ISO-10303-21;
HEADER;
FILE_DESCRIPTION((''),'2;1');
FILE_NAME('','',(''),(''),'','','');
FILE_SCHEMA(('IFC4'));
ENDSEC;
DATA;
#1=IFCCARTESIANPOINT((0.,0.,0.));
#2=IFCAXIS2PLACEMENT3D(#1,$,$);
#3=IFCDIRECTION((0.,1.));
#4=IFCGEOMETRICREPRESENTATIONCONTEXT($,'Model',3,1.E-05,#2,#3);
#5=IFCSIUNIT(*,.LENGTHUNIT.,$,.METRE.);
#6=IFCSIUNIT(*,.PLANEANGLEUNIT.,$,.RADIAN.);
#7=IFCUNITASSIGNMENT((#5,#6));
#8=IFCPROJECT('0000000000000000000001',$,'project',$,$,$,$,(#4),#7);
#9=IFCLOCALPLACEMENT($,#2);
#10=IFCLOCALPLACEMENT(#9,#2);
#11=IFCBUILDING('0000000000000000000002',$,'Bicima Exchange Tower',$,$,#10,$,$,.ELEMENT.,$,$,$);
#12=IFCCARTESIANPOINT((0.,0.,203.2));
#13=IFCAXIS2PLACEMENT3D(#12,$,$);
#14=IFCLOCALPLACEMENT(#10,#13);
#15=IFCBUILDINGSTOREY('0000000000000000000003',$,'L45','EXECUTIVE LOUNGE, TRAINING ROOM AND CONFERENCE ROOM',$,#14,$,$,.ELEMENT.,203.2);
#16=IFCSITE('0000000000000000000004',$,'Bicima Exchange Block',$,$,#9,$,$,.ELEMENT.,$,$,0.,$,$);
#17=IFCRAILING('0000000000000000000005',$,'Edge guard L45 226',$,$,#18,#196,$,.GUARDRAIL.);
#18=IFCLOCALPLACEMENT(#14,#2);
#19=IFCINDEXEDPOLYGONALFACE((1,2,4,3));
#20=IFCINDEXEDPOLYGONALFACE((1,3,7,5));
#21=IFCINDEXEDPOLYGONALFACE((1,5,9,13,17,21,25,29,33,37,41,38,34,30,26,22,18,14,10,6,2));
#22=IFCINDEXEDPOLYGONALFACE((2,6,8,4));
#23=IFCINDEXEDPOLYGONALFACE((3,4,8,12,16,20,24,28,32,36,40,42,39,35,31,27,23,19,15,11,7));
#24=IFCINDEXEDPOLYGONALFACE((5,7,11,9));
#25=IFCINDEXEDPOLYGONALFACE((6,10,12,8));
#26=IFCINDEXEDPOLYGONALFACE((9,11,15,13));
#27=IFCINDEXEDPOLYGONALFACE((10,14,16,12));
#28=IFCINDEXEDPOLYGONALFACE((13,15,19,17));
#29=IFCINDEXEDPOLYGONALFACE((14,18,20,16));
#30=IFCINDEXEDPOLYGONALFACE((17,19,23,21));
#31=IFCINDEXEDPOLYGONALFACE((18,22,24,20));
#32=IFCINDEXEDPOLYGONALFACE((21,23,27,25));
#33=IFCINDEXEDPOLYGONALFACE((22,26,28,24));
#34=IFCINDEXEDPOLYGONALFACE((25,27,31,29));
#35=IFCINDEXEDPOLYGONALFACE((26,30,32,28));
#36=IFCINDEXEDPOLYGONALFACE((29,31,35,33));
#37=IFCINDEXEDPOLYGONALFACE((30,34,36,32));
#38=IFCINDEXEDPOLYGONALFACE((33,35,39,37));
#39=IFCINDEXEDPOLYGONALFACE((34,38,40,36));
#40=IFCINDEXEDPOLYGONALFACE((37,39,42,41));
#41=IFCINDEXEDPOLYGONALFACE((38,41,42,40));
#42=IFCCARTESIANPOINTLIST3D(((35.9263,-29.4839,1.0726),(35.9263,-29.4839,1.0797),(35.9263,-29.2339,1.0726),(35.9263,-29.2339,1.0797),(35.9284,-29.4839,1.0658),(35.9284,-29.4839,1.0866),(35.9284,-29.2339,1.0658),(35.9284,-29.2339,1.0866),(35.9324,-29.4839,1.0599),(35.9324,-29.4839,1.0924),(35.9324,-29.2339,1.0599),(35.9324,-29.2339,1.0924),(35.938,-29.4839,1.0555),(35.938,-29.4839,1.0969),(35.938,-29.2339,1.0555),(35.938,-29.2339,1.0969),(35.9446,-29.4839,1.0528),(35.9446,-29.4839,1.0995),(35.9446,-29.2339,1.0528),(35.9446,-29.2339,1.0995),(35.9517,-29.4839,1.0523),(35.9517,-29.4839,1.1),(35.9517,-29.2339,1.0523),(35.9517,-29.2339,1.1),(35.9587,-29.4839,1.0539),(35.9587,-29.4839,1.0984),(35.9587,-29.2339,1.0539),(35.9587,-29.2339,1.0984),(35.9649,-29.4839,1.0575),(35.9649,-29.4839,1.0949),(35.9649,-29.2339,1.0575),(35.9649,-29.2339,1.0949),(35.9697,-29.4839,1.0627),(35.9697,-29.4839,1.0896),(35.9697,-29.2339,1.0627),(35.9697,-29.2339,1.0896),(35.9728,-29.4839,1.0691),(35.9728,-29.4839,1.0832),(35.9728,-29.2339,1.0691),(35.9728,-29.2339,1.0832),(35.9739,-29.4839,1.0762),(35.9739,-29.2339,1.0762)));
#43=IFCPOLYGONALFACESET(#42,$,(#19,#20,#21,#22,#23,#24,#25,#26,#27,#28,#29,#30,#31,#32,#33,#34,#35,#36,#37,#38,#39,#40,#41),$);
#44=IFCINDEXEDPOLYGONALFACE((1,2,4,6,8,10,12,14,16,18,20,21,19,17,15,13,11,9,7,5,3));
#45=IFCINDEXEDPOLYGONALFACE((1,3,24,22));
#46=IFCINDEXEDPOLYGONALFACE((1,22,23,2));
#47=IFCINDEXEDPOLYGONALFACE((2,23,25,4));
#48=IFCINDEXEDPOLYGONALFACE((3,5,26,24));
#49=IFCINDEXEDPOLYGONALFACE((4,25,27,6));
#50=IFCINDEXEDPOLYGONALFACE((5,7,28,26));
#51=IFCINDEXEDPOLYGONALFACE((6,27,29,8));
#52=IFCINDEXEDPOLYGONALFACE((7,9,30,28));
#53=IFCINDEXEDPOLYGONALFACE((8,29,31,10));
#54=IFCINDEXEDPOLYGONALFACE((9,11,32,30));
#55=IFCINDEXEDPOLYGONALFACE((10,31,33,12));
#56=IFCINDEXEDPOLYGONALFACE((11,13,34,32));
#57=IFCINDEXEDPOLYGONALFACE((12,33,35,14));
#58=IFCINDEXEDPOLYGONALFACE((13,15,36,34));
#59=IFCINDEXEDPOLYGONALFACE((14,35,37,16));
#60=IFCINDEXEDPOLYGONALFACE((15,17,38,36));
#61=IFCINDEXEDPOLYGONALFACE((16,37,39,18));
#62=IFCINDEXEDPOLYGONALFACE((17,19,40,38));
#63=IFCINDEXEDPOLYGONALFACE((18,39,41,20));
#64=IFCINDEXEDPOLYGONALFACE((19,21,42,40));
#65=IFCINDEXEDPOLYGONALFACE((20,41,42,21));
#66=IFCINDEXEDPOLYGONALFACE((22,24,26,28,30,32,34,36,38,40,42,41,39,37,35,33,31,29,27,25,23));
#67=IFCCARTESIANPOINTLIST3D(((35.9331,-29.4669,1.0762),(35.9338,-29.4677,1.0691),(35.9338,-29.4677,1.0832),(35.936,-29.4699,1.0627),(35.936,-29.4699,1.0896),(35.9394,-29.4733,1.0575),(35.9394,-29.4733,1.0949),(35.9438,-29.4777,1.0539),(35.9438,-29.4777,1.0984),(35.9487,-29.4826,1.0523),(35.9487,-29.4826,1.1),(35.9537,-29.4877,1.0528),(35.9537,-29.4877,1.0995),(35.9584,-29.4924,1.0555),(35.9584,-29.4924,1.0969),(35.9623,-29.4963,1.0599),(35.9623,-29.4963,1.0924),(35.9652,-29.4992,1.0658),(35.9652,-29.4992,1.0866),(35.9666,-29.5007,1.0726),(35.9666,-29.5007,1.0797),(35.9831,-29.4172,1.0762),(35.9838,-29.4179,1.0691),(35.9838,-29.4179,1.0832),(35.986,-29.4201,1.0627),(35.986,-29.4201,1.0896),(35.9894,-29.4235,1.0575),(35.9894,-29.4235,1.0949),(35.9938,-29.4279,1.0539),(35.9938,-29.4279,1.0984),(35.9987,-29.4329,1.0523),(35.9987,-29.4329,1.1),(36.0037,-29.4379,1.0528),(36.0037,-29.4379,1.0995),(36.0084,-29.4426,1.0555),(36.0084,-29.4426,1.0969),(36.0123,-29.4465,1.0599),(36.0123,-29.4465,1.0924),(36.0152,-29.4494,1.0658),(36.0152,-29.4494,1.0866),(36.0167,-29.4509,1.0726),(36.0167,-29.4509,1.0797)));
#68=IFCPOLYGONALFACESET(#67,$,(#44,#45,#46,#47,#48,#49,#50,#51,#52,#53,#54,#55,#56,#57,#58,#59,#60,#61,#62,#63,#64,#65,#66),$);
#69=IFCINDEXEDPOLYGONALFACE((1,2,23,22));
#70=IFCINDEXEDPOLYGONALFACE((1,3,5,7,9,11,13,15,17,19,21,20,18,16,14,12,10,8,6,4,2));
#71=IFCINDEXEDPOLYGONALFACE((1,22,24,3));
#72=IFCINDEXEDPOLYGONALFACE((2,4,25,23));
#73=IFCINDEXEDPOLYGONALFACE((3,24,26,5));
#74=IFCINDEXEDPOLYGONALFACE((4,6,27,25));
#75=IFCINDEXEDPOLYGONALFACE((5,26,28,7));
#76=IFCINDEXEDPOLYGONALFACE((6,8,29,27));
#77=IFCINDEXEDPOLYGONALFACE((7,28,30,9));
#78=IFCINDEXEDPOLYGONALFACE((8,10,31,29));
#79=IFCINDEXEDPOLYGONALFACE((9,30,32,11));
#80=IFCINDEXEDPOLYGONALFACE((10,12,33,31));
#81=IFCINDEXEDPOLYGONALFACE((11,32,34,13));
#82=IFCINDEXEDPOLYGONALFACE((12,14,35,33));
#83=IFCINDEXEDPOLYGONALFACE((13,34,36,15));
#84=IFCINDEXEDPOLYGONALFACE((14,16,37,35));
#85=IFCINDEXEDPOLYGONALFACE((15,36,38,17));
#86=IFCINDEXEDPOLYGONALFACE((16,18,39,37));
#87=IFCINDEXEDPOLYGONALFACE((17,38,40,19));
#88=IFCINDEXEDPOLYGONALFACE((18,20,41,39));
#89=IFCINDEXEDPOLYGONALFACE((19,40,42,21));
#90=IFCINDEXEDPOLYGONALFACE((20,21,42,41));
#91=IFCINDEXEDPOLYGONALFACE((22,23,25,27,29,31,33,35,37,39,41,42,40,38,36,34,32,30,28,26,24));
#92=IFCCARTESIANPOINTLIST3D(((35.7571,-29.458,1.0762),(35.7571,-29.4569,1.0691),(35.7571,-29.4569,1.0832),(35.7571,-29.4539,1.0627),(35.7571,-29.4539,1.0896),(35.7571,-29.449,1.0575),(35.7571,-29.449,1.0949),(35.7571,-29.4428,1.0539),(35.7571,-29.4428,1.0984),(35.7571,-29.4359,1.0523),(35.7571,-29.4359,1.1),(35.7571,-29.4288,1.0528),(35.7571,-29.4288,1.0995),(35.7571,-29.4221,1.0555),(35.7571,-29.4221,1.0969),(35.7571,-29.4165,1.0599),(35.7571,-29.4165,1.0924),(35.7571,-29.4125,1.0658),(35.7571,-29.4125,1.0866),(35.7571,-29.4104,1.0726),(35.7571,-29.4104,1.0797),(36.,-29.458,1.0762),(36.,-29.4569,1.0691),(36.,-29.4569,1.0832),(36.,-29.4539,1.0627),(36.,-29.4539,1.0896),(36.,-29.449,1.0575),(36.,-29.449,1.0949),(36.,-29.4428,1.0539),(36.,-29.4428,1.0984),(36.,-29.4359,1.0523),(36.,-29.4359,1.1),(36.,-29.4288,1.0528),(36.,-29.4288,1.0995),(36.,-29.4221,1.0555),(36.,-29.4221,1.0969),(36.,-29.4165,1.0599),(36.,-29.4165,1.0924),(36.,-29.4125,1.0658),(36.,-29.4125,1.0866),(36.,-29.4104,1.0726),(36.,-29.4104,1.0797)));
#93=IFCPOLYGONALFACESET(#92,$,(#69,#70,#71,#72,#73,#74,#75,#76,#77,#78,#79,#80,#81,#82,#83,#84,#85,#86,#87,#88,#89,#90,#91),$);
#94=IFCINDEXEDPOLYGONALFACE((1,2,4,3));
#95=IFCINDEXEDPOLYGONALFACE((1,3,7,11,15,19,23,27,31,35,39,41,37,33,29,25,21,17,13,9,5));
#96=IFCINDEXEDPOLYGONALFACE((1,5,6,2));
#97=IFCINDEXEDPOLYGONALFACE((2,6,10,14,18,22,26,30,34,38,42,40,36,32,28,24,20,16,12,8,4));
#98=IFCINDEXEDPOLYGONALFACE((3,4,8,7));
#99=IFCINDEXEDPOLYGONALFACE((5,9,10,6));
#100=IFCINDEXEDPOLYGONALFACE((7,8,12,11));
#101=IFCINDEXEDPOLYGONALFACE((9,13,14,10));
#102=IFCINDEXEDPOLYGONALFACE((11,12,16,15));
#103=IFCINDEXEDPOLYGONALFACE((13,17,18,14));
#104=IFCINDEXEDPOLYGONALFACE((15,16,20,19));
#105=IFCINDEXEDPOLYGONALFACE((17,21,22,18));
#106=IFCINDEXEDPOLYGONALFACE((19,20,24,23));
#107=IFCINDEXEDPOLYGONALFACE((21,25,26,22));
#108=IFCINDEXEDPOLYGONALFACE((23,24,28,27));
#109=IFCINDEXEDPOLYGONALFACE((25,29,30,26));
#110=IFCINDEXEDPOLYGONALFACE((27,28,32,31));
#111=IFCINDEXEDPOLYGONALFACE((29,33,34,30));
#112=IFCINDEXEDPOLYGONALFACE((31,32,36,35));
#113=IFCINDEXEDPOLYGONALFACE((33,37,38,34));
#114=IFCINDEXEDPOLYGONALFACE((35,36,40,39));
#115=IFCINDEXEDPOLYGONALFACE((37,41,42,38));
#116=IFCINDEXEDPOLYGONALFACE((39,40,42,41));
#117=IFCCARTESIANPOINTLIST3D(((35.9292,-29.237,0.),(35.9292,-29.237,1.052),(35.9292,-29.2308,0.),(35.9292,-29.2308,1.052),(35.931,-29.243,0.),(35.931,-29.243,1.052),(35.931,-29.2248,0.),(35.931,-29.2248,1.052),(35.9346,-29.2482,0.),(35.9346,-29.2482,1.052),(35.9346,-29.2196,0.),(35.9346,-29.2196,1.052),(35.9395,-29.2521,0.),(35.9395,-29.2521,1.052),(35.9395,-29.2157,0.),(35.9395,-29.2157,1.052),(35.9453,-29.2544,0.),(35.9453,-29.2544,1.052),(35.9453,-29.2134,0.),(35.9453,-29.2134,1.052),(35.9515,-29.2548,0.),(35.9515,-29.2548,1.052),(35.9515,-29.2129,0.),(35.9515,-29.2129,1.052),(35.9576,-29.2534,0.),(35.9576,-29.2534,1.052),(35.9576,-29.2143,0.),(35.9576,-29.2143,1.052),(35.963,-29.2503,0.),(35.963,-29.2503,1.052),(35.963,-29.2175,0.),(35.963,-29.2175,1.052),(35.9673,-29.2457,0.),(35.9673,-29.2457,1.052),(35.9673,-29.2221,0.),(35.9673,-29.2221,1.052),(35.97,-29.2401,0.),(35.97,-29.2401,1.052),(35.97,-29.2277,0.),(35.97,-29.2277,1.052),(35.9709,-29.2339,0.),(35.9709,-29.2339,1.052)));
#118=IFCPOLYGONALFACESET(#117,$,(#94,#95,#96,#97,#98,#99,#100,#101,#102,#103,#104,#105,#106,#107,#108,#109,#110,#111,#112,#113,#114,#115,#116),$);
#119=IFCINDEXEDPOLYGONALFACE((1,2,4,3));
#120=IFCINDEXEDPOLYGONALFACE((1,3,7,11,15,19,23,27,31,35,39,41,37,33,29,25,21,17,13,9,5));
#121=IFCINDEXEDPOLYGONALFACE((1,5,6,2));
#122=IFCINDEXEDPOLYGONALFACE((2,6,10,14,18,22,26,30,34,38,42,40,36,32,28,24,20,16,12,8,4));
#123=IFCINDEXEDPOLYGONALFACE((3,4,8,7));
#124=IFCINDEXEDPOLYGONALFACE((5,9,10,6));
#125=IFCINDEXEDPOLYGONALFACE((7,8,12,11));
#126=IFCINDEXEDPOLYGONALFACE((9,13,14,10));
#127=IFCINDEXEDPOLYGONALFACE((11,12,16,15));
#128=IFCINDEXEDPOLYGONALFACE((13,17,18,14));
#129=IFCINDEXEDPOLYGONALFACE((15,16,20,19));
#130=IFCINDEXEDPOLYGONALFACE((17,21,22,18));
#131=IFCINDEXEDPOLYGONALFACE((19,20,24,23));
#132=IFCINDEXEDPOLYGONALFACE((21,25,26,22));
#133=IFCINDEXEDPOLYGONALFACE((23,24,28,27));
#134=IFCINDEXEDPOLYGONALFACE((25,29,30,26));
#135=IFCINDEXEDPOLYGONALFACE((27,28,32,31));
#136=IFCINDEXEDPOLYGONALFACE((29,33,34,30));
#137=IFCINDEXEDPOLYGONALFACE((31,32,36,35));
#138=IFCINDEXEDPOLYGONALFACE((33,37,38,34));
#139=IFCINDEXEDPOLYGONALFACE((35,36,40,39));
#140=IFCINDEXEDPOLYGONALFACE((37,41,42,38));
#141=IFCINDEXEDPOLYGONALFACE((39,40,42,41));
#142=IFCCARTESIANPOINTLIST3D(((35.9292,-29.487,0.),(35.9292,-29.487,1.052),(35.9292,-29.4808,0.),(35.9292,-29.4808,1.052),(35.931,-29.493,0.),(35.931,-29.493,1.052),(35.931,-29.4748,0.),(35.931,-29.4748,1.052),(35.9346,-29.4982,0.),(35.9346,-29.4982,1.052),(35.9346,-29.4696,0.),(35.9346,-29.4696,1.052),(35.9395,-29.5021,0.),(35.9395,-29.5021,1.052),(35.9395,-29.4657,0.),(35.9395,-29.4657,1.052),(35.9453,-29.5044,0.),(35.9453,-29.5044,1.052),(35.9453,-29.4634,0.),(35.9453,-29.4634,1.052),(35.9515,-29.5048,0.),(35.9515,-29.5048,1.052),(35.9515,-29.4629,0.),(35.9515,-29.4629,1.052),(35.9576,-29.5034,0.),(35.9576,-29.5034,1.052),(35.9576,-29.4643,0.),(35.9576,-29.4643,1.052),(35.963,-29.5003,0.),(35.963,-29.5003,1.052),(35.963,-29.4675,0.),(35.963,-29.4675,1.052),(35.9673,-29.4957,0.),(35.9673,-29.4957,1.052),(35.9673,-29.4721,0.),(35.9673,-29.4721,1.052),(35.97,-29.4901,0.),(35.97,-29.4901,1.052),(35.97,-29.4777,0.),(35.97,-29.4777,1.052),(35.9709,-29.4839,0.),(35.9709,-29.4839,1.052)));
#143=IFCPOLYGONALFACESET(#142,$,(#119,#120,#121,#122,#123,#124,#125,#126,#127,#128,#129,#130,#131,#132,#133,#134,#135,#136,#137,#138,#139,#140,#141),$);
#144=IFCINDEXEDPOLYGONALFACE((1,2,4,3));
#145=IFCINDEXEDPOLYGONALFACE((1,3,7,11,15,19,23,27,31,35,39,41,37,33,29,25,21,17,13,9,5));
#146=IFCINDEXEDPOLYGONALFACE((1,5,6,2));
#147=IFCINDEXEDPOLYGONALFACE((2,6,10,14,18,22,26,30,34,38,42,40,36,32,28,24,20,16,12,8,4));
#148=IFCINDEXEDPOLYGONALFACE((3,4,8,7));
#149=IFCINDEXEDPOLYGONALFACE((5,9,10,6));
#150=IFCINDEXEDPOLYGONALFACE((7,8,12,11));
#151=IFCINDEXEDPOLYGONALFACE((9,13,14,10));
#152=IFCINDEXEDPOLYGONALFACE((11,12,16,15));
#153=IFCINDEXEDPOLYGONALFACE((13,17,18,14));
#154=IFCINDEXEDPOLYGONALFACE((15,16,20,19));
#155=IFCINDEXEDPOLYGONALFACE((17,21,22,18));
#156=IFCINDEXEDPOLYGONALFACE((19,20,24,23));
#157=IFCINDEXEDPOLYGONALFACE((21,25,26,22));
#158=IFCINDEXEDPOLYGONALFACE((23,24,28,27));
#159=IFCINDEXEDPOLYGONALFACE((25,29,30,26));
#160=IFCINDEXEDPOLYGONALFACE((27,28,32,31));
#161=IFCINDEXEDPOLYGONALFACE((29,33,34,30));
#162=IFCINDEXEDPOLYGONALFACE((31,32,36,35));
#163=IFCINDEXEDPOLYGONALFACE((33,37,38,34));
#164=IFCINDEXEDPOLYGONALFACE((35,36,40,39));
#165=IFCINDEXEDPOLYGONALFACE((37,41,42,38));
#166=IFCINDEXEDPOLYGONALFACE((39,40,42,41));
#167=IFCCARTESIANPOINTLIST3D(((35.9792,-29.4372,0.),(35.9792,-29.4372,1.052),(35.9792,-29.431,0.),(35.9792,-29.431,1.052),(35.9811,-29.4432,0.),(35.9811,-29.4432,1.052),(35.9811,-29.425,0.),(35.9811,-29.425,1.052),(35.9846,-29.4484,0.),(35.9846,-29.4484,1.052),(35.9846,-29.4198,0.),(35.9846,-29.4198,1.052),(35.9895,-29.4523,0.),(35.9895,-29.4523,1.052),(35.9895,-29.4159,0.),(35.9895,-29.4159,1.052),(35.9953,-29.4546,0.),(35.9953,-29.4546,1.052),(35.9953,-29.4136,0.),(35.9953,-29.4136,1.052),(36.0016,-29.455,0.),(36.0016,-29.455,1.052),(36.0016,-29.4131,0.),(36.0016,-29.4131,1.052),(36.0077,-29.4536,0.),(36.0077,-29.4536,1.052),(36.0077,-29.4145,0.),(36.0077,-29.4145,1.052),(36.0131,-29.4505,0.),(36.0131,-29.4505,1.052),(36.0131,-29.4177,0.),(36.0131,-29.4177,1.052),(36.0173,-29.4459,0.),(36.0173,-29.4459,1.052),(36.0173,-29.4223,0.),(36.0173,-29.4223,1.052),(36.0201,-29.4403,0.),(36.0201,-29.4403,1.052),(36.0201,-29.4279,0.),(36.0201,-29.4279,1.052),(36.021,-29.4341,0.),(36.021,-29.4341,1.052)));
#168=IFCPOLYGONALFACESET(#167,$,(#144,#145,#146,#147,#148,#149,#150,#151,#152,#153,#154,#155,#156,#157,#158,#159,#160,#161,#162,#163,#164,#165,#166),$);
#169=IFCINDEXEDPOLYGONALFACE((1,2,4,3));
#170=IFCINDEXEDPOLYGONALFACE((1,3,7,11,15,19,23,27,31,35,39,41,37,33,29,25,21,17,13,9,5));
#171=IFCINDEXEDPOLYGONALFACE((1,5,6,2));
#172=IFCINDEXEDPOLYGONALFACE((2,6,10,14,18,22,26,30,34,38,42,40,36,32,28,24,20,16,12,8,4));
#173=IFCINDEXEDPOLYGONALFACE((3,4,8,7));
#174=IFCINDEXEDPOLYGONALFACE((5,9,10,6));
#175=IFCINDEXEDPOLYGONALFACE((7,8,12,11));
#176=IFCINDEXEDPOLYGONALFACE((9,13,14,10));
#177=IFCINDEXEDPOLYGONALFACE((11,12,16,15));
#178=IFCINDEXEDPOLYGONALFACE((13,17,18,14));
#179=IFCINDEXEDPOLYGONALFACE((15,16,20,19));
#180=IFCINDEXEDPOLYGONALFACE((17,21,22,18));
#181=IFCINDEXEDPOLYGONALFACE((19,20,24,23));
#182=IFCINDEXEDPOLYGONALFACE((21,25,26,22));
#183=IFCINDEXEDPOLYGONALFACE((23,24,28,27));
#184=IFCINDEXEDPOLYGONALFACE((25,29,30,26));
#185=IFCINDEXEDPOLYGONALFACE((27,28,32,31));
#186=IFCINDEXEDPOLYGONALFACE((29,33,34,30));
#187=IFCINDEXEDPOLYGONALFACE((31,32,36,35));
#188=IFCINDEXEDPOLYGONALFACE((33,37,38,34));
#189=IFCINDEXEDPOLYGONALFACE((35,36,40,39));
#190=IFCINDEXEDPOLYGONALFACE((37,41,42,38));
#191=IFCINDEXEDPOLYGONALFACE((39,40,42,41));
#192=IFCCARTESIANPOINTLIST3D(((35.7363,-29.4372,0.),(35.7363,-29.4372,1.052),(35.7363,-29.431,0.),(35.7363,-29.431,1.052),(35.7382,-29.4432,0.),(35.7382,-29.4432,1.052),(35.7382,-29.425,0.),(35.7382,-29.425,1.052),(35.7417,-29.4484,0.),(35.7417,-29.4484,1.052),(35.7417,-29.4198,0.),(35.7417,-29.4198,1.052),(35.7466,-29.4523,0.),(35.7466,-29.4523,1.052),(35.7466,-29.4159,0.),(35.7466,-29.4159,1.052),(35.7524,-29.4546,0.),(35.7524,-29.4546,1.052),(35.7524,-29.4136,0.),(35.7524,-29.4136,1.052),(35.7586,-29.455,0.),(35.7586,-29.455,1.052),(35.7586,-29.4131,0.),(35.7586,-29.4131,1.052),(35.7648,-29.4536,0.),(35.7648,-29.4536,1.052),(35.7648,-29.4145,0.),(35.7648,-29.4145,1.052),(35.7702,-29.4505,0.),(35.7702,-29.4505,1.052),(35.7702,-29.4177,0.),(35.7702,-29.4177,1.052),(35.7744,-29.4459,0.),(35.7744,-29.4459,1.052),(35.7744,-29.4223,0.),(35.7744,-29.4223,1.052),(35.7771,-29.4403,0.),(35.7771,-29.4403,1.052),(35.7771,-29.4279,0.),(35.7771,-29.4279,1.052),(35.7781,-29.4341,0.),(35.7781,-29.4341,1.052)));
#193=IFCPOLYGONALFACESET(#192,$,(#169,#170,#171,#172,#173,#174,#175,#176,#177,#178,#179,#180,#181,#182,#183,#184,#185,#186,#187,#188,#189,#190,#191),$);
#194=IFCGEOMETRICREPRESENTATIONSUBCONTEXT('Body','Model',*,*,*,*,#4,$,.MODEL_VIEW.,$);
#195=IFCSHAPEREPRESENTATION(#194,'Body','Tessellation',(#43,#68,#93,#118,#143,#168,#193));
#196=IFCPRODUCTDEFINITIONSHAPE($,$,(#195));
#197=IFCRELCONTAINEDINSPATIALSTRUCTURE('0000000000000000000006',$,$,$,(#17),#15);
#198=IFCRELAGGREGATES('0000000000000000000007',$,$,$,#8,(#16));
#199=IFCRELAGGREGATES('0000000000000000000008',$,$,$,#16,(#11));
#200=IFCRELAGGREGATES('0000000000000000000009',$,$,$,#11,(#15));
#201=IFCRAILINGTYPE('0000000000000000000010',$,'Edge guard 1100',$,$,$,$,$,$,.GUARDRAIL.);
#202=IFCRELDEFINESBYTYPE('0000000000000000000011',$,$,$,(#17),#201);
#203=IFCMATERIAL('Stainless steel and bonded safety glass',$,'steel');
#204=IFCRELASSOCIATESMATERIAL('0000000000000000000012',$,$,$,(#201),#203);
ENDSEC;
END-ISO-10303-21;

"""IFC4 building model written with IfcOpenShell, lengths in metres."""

from ifc_helpers import new_model, si_unit, direction, frame, origin, origin_2d, place, context, subcontext, project, spatial, circle, extrude, material, type_object, element, save


model = new_model("IFC4")

# Units and contexts
model_context = context("Model", 3, precision=1e-05, world=origin(), true_north=direction((0.0, 1.0)))
body_context = subcontext(model_context, "Body", "Model", "MODEL_VIEW")
ifc_project = project(units=[si_unit("LENGTHUNIT", "METRE"), si_unit("PLANEANGLEUNIT", "RADIAN")], contexts=[model_context])

# Site, building, storey
site_placement = place(None, origin())
site = spatial("IfcSite", under=ifc_project, at=site_placement, Name="Bicima Exchange Block", CompositionType="ELEMENT", RefElevation=0.0)
building_placement = place(site_placement, origin())
building = spatial("IfcBuilding", under=site, at=building_placement, Name="Bicima Exchange Tower", CompositionType="ELEMENT")
storey_placement = place(building_placement, frame((0.0, 0.0, 203.2)))
storey = spatial("IfcBuildingStorey", under=building, at=storey_placement, Name="L45", Description="EXECUTIVE LOUNGE, TRAINING ROOM AND CONFERENCE ROOM", CompositionType="ELEMENT", Elevation=203.2)

# Railing
ifc_material_1 = material(Name="Stainless steel and bonded safety glass", Category="steel")
railing_type = type_object("IfcRailingType", Name="Edge guard 1100", PredefinedType="GUARDRAIL", material=ifc_material_1)
railing_placement = place(storey_placement, frame((35.95, -29.2339, 0.0)))
element("IfcRailing", 1, at=railing_placement, inside=storey, type_object=railing_type, Name="Edge guard L45 226", PredefinedType="GUARDRAIL", context=body_context, shape_type="SweptSolid", body=[
    extrude(circle(Radius=0.0239, at=origin_2d()), frame((0.0, 0.0, 1.0762), z_axis=(0.0, -1.0, 0.0), x_axis=(1.0, 0.0, 0.0)), (0.0, 0.0, 1.0), 0.25),
    extrude(circle(Radius=0.0239, at=origin_2d()), frame((0.0, -0.25, 1.0762), z_axis=(0.708834, 0.705376, 0.0), x_axis=(-0.705376, 0.708834, 0.0)), (0.0, 0.0, 1.0), 0.0706),
    extrude(circle(Radius=0.0239, at=origin_2d()), frame((0.05, -0.2002, 1.0762), z_axis=(-1.0, 0.0, 0.0), x_axis=(0.0, -1.0, 0.0)), (0.0, 0.0, 1.0), 0.2429),
    extrude(circle(Radius=0.021, at=origin_2d()), origin(), (0.0, 0.0, 1.0), 1.052),
    extrude(circle(Radius=0.021, at=origin_2d()), frame((0.0, -0.25, 0.0)), (0.0, 0.0, 1.0), 1.052),
    extrude(circle(Radius=0.021, at=origin_2d()), frame((0.05, -0.2002, 0.0)), (0.0, 0.0, 1.0), 1.052),
    extrude(circle(Radius=0.021, at=origin_2d()), frame((-0.1929, -0.2002, 0.0)), (0.0, 0.0, 1.0), 1.052),
])

save(model, "model.ifc")
